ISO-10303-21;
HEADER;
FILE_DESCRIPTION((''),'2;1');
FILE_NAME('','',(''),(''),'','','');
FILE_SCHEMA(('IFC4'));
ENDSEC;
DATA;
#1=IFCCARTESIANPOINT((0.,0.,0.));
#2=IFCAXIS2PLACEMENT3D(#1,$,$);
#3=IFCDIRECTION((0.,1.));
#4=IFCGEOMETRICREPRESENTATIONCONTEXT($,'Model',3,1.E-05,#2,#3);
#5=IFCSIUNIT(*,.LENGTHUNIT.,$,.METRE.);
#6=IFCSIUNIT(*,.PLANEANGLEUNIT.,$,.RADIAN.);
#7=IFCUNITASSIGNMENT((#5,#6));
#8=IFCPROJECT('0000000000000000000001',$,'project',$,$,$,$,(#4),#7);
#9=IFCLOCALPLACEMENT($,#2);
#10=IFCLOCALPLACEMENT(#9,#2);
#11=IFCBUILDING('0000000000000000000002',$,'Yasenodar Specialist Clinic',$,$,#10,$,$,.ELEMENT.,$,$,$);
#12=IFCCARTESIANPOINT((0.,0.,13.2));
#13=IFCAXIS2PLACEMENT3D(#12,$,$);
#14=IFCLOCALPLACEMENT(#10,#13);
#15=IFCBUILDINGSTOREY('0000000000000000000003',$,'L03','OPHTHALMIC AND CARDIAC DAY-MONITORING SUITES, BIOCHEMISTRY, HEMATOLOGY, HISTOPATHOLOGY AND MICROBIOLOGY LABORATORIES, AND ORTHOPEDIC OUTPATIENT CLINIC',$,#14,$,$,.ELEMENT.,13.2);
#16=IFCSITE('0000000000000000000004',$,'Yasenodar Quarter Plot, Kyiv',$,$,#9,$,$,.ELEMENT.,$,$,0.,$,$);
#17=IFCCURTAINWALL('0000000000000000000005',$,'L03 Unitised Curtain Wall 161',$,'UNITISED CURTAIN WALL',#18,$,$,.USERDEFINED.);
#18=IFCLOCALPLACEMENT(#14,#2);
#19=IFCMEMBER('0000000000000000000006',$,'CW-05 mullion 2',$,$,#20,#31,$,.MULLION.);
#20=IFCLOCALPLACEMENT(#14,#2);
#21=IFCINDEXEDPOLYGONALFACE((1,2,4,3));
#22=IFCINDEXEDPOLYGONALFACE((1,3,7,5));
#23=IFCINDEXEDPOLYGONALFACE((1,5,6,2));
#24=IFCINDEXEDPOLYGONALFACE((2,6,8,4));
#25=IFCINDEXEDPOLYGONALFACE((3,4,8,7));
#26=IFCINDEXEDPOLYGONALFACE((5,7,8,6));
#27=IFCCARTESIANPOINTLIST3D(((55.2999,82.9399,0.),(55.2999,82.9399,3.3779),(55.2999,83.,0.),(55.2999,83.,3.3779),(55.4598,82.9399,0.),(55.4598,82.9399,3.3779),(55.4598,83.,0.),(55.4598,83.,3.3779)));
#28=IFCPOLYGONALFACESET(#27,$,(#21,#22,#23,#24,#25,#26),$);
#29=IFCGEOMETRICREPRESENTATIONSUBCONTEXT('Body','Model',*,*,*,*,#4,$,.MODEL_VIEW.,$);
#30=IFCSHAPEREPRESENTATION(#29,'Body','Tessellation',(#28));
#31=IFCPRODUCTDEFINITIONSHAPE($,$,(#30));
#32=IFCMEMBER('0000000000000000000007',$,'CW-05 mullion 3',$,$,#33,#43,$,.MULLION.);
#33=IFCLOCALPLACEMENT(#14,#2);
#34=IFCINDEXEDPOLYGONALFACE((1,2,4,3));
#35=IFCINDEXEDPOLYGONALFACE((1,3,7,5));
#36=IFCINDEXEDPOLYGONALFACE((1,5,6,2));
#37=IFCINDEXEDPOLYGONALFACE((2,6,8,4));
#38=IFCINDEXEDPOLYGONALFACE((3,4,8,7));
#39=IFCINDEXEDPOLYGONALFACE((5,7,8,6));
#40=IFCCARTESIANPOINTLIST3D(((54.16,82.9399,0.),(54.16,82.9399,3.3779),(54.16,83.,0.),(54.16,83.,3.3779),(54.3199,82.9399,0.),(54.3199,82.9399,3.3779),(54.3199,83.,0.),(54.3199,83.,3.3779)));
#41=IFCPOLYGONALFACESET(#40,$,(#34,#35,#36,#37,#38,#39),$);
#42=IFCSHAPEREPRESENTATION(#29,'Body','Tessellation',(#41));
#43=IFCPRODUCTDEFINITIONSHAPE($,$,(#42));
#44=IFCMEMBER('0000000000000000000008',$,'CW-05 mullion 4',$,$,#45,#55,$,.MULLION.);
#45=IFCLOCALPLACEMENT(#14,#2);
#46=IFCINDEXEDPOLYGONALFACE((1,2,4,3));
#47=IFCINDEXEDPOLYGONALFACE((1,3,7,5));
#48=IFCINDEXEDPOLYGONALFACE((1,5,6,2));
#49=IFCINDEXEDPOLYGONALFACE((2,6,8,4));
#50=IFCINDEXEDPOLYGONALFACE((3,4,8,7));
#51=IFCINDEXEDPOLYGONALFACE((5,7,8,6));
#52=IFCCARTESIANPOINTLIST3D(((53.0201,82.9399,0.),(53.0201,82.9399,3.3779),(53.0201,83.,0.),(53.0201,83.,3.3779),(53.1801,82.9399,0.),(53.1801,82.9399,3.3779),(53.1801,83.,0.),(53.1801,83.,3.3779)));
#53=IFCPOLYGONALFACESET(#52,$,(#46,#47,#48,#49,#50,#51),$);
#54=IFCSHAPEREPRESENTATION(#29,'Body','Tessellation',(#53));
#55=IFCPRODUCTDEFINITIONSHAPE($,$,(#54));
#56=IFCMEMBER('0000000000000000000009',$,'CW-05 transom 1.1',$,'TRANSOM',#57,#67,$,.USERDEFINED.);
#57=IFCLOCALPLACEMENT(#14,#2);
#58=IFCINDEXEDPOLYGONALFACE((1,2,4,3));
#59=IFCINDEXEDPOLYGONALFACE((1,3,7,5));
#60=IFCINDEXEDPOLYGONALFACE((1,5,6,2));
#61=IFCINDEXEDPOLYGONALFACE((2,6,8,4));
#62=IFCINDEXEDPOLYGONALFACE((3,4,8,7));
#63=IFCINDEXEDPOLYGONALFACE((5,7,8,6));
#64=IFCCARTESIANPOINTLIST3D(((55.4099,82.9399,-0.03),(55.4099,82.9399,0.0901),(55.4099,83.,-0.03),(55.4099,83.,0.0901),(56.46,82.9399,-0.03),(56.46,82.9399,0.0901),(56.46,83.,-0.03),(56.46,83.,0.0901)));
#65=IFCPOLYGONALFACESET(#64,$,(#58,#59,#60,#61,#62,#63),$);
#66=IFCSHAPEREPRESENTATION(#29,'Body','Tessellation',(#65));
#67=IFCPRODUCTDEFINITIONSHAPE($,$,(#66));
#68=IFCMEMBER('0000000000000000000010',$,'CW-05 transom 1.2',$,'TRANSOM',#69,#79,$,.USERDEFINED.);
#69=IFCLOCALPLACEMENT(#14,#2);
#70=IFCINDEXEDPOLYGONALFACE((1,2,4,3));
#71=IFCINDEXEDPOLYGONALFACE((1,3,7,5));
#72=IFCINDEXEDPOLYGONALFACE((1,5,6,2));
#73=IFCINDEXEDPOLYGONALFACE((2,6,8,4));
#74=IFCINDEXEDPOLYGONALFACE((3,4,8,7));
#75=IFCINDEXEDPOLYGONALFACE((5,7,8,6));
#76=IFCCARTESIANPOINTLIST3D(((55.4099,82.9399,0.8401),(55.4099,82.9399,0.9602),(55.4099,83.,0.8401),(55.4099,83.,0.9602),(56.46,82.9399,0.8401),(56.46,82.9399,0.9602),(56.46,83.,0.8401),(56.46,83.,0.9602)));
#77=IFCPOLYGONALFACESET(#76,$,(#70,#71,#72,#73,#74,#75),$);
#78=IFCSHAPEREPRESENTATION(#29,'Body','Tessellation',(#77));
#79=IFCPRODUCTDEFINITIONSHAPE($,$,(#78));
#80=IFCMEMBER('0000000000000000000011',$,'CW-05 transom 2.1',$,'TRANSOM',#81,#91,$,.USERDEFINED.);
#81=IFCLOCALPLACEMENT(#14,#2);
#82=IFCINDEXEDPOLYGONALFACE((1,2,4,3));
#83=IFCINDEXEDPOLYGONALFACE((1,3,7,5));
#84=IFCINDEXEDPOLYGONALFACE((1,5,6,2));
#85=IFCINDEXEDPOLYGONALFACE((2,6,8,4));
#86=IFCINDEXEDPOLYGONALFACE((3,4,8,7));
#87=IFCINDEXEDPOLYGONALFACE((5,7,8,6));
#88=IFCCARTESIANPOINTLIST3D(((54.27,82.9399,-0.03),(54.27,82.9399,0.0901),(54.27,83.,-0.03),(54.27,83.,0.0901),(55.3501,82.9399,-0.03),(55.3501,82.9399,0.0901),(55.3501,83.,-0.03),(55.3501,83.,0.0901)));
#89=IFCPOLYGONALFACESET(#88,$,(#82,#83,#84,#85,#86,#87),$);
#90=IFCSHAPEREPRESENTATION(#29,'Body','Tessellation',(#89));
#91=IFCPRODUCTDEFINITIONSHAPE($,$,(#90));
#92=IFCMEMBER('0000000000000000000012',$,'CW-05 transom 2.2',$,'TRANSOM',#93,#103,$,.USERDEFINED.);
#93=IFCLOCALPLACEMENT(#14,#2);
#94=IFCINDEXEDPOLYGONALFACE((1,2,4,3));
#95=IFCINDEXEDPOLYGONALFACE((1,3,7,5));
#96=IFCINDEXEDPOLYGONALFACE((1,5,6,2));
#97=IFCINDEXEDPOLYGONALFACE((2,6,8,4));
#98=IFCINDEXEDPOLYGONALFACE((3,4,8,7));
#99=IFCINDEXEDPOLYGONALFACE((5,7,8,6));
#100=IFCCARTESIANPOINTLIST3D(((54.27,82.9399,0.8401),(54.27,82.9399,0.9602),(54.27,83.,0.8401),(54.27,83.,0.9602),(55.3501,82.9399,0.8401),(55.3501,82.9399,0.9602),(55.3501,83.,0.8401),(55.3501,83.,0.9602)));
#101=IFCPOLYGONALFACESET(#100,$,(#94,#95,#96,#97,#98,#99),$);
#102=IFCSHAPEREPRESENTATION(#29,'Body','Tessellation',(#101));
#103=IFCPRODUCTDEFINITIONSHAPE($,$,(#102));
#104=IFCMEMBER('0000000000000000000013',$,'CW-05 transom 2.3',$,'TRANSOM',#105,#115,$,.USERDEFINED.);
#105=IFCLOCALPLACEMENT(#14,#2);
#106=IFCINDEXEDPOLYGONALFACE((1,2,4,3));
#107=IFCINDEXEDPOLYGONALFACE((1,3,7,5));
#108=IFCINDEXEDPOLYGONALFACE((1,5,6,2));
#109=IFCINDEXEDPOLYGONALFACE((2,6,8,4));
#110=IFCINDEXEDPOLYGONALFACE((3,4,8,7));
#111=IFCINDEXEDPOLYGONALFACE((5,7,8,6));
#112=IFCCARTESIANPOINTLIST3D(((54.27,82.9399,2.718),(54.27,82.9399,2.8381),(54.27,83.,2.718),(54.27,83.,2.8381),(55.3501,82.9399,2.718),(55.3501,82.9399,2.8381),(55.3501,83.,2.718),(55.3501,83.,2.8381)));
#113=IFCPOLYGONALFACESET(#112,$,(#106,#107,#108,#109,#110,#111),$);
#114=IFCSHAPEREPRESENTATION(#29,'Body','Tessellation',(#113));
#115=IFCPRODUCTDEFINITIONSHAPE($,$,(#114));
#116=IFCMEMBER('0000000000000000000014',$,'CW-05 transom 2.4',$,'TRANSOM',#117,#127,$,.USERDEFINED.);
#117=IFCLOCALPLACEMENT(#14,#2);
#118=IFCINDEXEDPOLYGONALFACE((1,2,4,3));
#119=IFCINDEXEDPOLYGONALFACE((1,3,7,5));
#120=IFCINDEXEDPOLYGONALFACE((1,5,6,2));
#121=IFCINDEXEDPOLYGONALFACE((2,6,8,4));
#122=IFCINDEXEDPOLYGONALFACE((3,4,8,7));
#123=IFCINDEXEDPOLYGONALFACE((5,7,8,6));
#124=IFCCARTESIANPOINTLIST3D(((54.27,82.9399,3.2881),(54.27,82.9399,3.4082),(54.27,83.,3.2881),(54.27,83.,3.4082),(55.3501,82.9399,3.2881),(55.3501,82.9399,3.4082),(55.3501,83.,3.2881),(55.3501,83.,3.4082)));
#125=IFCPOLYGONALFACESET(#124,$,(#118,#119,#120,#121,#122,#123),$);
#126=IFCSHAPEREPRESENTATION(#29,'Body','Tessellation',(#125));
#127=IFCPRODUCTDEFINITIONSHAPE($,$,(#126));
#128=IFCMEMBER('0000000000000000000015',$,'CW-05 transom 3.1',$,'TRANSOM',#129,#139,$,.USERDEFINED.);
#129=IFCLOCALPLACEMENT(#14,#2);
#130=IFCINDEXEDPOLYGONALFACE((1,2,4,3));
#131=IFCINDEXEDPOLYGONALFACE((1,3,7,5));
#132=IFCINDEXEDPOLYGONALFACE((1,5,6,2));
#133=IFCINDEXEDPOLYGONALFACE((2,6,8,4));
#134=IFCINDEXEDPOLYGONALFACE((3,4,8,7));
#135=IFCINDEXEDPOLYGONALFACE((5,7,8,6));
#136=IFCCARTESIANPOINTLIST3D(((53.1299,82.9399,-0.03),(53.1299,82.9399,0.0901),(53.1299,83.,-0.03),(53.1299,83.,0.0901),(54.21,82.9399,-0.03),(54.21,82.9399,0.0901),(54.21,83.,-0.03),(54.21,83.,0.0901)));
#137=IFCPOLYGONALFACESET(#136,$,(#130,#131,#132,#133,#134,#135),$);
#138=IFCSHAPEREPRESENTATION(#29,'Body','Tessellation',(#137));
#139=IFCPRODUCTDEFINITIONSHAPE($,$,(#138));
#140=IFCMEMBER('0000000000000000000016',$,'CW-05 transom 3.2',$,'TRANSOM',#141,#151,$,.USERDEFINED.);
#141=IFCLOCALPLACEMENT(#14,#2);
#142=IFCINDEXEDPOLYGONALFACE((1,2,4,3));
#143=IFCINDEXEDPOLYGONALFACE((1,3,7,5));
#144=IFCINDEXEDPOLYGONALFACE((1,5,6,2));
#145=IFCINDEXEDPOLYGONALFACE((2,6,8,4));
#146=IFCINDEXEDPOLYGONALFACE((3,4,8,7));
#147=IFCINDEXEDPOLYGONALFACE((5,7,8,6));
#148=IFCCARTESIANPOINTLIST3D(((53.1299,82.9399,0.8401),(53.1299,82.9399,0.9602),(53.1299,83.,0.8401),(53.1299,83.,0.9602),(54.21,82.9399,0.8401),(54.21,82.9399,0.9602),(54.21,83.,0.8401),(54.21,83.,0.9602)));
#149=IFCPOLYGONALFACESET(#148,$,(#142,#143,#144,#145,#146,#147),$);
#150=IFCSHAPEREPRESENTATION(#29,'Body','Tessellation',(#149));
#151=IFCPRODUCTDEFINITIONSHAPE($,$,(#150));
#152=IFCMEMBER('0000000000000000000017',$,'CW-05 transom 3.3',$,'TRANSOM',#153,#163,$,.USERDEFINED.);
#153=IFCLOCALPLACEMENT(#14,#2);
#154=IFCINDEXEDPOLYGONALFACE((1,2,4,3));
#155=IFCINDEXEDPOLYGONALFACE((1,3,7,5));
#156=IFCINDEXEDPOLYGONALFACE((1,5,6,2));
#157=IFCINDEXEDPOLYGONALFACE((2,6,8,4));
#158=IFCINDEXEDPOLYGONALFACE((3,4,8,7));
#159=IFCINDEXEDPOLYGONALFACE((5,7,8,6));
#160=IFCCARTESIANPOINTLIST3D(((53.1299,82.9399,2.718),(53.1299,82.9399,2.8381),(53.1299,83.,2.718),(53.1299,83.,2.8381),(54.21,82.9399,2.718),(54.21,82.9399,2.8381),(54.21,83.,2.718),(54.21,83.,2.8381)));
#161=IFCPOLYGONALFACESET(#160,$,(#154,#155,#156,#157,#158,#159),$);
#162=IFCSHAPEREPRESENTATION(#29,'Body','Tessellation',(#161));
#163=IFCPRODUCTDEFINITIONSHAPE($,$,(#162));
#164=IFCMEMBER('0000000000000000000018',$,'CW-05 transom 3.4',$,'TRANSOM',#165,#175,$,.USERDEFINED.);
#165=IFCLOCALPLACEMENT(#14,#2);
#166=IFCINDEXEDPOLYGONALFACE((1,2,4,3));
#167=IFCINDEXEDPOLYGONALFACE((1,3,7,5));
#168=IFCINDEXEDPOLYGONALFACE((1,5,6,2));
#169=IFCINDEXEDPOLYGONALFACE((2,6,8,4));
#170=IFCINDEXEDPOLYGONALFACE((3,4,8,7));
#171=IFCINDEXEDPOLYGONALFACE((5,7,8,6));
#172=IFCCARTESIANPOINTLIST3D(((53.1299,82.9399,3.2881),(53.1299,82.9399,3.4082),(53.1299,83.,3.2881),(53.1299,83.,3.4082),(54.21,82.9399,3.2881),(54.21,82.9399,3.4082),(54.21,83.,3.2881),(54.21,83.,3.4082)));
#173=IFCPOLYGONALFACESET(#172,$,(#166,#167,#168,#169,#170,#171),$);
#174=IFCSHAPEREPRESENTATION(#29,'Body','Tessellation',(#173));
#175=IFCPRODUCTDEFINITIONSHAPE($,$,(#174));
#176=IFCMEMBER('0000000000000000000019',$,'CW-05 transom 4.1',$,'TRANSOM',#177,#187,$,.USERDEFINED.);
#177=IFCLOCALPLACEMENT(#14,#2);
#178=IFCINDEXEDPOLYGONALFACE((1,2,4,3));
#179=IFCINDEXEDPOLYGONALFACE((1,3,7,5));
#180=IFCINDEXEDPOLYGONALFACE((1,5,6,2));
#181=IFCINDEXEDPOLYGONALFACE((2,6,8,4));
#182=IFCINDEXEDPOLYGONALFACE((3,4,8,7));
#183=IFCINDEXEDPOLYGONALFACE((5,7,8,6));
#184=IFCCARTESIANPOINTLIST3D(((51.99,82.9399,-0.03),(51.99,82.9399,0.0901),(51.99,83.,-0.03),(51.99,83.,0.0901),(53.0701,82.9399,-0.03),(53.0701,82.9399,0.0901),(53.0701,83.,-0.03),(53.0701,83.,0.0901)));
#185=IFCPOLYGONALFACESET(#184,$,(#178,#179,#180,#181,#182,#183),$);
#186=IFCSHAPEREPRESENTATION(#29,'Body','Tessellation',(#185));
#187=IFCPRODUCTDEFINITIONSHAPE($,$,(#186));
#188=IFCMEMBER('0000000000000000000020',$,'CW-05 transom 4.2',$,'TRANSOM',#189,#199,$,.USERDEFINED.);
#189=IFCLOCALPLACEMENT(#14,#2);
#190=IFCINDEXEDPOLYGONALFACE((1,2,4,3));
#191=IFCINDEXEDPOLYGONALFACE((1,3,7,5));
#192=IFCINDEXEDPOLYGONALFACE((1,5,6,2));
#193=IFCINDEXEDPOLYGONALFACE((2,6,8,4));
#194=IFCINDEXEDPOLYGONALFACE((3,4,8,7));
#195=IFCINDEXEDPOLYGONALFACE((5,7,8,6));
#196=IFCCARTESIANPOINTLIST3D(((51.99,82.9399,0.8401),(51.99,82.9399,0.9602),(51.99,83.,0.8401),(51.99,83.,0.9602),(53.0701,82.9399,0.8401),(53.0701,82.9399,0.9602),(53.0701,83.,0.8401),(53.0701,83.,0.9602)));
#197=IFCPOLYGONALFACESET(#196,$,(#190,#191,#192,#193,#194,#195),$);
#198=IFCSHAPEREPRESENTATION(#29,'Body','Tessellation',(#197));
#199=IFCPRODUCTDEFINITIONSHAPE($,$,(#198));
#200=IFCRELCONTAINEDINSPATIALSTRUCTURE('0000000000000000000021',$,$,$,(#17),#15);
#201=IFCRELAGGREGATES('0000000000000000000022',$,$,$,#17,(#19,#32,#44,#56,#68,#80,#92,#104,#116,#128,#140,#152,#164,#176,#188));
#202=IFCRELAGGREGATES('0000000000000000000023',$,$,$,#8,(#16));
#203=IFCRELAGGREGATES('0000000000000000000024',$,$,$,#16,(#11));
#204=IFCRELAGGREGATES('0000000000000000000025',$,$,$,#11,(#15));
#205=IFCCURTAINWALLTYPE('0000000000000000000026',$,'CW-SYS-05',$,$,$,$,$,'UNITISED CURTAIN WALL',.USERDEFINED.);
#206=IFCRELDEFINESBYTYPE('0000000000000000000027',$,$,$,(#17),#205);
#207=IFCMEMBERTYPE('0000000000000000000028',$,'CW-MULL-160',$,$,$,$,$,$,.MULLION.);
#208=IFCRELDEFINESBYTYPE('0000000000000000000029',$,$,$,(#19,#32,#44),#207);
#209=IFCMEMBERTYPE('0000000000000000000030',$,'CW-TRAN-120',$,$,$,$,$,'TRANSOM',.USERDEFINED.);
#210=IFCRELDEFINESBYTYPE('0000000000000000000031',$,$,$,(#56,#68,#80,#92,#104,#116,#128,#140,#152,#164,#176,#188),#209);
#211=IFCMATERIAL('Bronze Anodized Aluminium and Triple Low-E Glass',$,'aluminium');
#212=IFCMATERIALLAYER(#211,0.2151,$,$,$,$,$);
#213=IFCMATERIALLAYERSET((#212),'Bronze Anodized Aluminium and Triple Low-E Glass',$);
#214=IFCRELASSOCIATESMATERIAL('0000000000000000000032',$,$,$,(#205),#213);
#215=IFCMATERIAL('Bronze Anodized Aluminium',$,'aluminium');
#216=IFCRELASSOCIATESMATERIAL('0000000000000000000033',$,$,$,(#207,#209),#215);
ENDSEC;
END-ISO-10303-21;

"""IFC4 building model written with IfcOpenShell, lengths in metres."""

from ifc_helpers import new_model, si_unit, direction, frame, origin, origin_2d, place, context, subcontext, project, spatial, rectangle, extrude, material, layer, layer_set, material_profile, profile_set, type_object, element, aggregate, save


model = new_model("IFC4")

# Units and contexts
model_context = context("Model", 3, precision=1e-05, world=origin(), true_north=direction((0.0, 1.0)))
body_context = subcontext(model_context, "Body", "Model", "MODEL_VIEW")
ifc_project = project(units=[si_unit("LENGTHUNIT", "METRE"), si_unit("PLANEANGLEUNIT", "RADIAN")], contexts=[model_context])

# Site, building, storey
site_placement = place(None, origin())
site = spatial("IfcSite", under=ifc_project, at=site_placement, Name="Yasenodar Quarter Plot, Kyiv", CompositionType="ELEMENT", RefElevation=0.0)
building_placement = place(site_placement, origin())
building = spatial("IfcBuilding", under=site, at=building_placement, Name="Yasenodar Specialist Clinic", CompositionType="ELEMENT")
storey_placement = place(building_placement, frame((0.0, 0.0, 13.2)))
storey = spatial("IfcBuildingStorey", under=building, at=storey_placement, Name="L03", Description="OPHTHALMIC AND CARDIAC DAY-MONITORING SUITES, BIOCHEMISTRY, HEMATOLOGY, HISTOPATHOLOGY AND MICROBIOLOGY LABORATORIES, AND ORTHOPEDIC OUTPATIENT CLINIC", CompositionType="ELEMENT", Elevation=13.2)

# Curtain wall, members
ifc_material_1 = material(Name="Bronze Anodized Aluminium and Triple Low-E Glass", Category="aluminium")
ifc_layer_1 = layer(ifc_material_1, 0.2151)
ifc_layer_set_1 = layer_set([ifc_layer_1], Name="Bronze Anodized Aluminium and Triple Low-E Glass")
curtain_wall_type = type_object("IfcCurtainWallType", Name="CW-SYS-05", ElementType="UNITISED CURTAIN WALL", PredefinedType="USERDEFINED", material=ifc_layer_set_1)
curtain_wall_placement = place(storey_placement, origin())
curtain_wall = element("IfcCurtainWall", 1, at=curtain_wall_placement, inside=storey, type_object=curtain_wall_type, Name="L03 Unitised Curtain Wall 161", ObjectType="UNITISED CURTAIN WALL", PredefinedType="USERDEFINED")
ifc_material_2 = material(Name="Bronze Anodized Aluminium", Category="aluminium")
ifc_material_profile_1 = material_profile(ifc_material_2, rectangle(XDim=0.0601, YDim=0.1599, at=origin_2d()), Name="CW-MULL 60x160")
ifc_profile_set_1 = profile_set([ifc_material_profile_1], Name="Bronze Anodized Aluminium")
member_type_1 = type_object("IfcMemberType", Name="CW-MULL-160", PredefinedType="MULLION", material=ifc_profile_set_1)
member_1_placement = place(storey_placement, frame((55.3799, 82.97, 0.0), z_axis=(0.0, 0.0, 1.0), x_axis=(0.0, -1.0, 0.0)))
member_1 = element("IfcMember", 2, at=member_1_placement, type_object=member_type_1, Name="CW-05 mullion 2", PredefinedType="MULLION", context=body_context, shape_type="SweptSolid", body=[
    extrude(rectangle(XDim=0.0601, YDim=0.1599, at=origin_2d()), origin(), (0.0, 0.0, 1.0), 3.3779),
])
member_2_placement = place(storey_placement, frame((54.24, 82.97, 0.0), z_axis=(0.0, 0.0, 1.0), x_axis=(0.0, -1.0, 0.0)))
member_2 = element("IfcMember", 3, at=member_2_placement, type_object=member_type_1, Name="CW-05 mullion 3", PredefinedType="MULLION", context=body_context, shape_type="SweptSolid", body=[
    extrude(rectangle(XDim=0.0601, YDim=0.1599, at=origin_2d()), origin(), (0.0, 0.0, 1.0), 3.3779),
])
member_3_placement = place(storey_placement, frame((53.1001, 82.97, 0.0), z_axis=(0.0, 0.0, 1.0), x_axis=(0.0, -1.0, 0.0)))
member_3 = element("IfcMember", 4, at=member_3_placement, type_object=member_type_1, Name="CW-05 mullion 4", PredefinedType="MULLION", context=body_context, shape_type="SweptSolid", body=[
    extrude(rectangle(XDim=0.0601, YDim=0.1599, at=origin_2d()), origin(), (0.0, 0.0, 1.0), 3.3779),
])
ifc_material_profile_2 = material_profile(ifc_material_2, rectangle(XDim=0.0601, YDim=0.1201, at=origin_2d()), Name="CW-TRAN 60x120")
ifc_profile_set_2 = profile_set([ifc_material_profile_2], Name="Bronze Anodized Aluminium")
member_type_2 = type_object("IfcMemberType", Name="CW-TRAN-120", ElementType="TRANSOM", PredefinedType="USERDEFINED", material=ifc_profile_set_2)
member_4_placement = place(storey_placement, frame((56.46, 82.97, 0.03), z_axis=(-1.0, 0.0, 0.0), x_axis=(0.0, -1.0, 0.0)))
member_4 = element("IfcMember", 5, at=member_4_placement, type_object=member_type_2, Name="CW-05 transom 1.1", ObjectType="TRANSOM", PredefinedType="USERDEFINED", context=body_context, shape_type="SweptSolid", body=[
    extrude(rectangle(XDim=0.0601, YDim=0.1201, at=origin_2d()), origin(), (0.0, 0.0, 1.0), 1.05),
])
member_5_placement = place(storey_placement, frame((56.46, 82.97, 0.9001), z_axis=(-1.0, 0.0, 0.0), x_axis=(0.0, -1.0, 0.0)))
member_5 = element("IfcMember", 6, at=member_5_placement, type_object=member_type_2, Name="CW-05 transom 1.2", ObjectType="TRANSOM", PredefinedType="USERDEFINED", context=body_context, shape_type="SweptSolid", body=[
    extrude(rectangle(XDim=0.0601, YDim=0.1201, at=origin_2d()), origin(), (0.0, 0.0, 1.0), 1.05),
])
member_6_placement = place(storey_placement, frame((55.3501, 82.97, 0.03), z_axis=(-1.0, 0.0, 0.0), x_axis=(0.0, -1.0, 0.0)))
member_6 = element("IfcMember", 7, at=member_6_placement, type_object=member_type_2, Name="CW-05 transom 2.1", ObjectType="TRANSOM", PredefinedType="USERDEFINED", context=body_context, shape_type="SweptSolid", body=[
    extrude(rectangle(XDim=0.0601, YDim=0.1201, at=origin_2d()), origin(), (0.0, 0.0, 1.0), 1.0801),
])
member_7_placement = place(storey_placement, frame((55.3501, 82.97, 0.9001), z_axis=(-1.0, 0.0, 0.0), x_axis=(0.0, -1.0, 0.0)))
member_7 = element("IfcMember", 8, at=member_7_placement, type_object=member_type_2, Name="CW-05 transom 2.2", ObjectType="TRANSOM", PredefinedType="USERDEFINED", context=body_context, shape_type="SweptSolid", body=[
    extrude(rectangle(XDim=0.0601, YDim=0.1201, at=origin_2d()), origin(), (0.0, 0.0, 1.0), 1.0801),
])
member_8_placement = place(storey_placement, frame((55.3501, 82.97, 2.7781), z_axis=(-1.0, 0.0, 0.0), x_axis=(0.0, -1.0, 0.0)))
member_8 = element("IfcMember", 9, at=member_8_placement, type_object=member_type_2, Name="CW-05 transom 2.3", ObjectType="TRANSOM", PredefinedType="USERDEFINED", context=body_context, shape_type="SweptSolid", body=[
    extrude(rectangle(XDim=0.0601, YDim=0.1201, at=origin_2d()), origin(), (0.0, 0.0, 1.0), 1.0801),
])
member_9_placement = place(storey_placement, frame((55.3501, 82.97, 3.3481), z_axis=(-1.0, 0.0, 0.0), x_axis=(0.0, -1.0, 0.0)))
member_9 = element("IfcMember", 10, at=member_9_placement, type_object=member_type_2, Name="CW-05 transom 2.4", ObjectType="TRANSOM", PredefinedType="USERDEFINED", context=body_context, shape_type="SweptSolid", body=[
    extrude(rectangle(XDim=0.0601, YDim=0.1201, at=origin_2d()), origin(), (0.0, 0.0, 1.0), 1.0801),
])
member_10_placement = place(storey_placement, frame((54.21, 82.97, 0.03), z_axis=(-1.0, 0.0, 0.0), x_axis=(0.0, -1.0, 0.0)))
member_10 = element("IfcMember", 11, at=member_10_placement, type_object=member_type_2, Name="CW-05 transom 3.1", ObjectType="TRANSOM", PredefinedType="USERDEFINED", context=body_context, shape_type="SweptSolid", body=[
    extrude(rectangle(XDim=0.0601, YDim=0.1201, at=origin_2d()), origin(), (0.0, 0.0, 1.0), 1.0801),
])
member_11_placement = place(storey_placement, frame((54.21, 82.97, 0.9001), z_axis=(-1.0, 0.0, 0.0), x_axis=(0.0, -1.0, 0.0)))
member_11 = element("IfcMember", 12, at=member_11_placement, type_object=member_type_2, Name="CW-05 transom 3.2", ObjectType="TRANSOM", PredefinedType="USERDEFINED", context=body_context, shape_type="SweptSolid", body=[
    extrude(rectangle(XDim=0.0601, YDim=0.1201, at=origin_2d()), origin(), (0.0, 0.0, 1.0), 1.0801),
])
member_12_placement = place(storey_placement, frame((54.21, 82.97, 2.7781), z_axis=(-1.0, 0.0, 0.0), x_axis=(0.0, -1.0, 0.0)))
member_12 = element("IfcMember", 13, at=member_12_placement, type_object=member_type_2, Name="CW-05 transom 3.3", ObjectType="TRANSOM", PredefinedType="USERDEFINED", context=body_context, shape_type="SweptSolid", body=[
    extrude(rectangle(XDim=0.0601, YDim=0.1201, at=origin_2d()), origin(), (0.0, 0.0, 1.0), 1.0801),
])
member_13_placement = place(storey_placement, frame((54.21, 82.97, 3.3481), z_axis=(-1.0, 0.0, 0.0), x_axis=(0.0, -1.0, 0.0)))
member_13 = element("IfcMember", 14, at=member_13_placement, type_object=member_type_2, Name="CW-05 transom 3.4", ObjectType="TRANSOM", PredefinedType="USERDEFINED", context=body_context, shape_type="SweptSolid", body=[
    extrude(rectangle(XDim=0.0601, YDim=0.1201, at=origin_2d()), origin(), (0.0, 0.0, 1.0), 1.0801),
])
member_14_placement = place(storey_placement, frame((53.0701, 82.97, 0.03), z_axis=(-1.0, 0.0, 0.0), x_axis=(0.0, -1.0, 0.0)))
member_14 = element("IfcMember", 15, at=member_14_placement, type_object=member_type_2, Name="CW-05 transom 4.1", ObjectType="TRANSOM", PredefinedType="USERDEFINED", context=body_context, shape_type="SweptSolid", body=[
    extrude(rectangle(XDim=0.0601, YDim=0.1201, at=origin_2d()), origin(), (0.0, 0.0, 1.0), 1.0801),
])
member_15_placement = place(storey_placement, frame((53.0701, 82.97, 0.9001), z_axis=(-1.0, 0.0, 0.0), x_axis=(0.0, -1.0, 0.0)))
member_15 = element("IfcMember", 16, at=member_15_placement, type_object=member_type_2, Name="CW-05 transom 4.2", ObjectType="TRANSOM", PredefinedType="USERDEFINED", context=body_context, shape_type="SweptSolid", body=[
    extrude(rectangle(XDim=0.0601, YDim=0.1201, at=origin_2d()), origin(), (0.0, 0.0, 1.0), 1.0801),
])

aggregate(curtain_wall, [member_1, member_2, member_3, member_4, member_5, member_6, member_7, member_8, member_9, member_10, member_11, member_12, member_13, member_14, member_15])

save(model, "model.ifc")
